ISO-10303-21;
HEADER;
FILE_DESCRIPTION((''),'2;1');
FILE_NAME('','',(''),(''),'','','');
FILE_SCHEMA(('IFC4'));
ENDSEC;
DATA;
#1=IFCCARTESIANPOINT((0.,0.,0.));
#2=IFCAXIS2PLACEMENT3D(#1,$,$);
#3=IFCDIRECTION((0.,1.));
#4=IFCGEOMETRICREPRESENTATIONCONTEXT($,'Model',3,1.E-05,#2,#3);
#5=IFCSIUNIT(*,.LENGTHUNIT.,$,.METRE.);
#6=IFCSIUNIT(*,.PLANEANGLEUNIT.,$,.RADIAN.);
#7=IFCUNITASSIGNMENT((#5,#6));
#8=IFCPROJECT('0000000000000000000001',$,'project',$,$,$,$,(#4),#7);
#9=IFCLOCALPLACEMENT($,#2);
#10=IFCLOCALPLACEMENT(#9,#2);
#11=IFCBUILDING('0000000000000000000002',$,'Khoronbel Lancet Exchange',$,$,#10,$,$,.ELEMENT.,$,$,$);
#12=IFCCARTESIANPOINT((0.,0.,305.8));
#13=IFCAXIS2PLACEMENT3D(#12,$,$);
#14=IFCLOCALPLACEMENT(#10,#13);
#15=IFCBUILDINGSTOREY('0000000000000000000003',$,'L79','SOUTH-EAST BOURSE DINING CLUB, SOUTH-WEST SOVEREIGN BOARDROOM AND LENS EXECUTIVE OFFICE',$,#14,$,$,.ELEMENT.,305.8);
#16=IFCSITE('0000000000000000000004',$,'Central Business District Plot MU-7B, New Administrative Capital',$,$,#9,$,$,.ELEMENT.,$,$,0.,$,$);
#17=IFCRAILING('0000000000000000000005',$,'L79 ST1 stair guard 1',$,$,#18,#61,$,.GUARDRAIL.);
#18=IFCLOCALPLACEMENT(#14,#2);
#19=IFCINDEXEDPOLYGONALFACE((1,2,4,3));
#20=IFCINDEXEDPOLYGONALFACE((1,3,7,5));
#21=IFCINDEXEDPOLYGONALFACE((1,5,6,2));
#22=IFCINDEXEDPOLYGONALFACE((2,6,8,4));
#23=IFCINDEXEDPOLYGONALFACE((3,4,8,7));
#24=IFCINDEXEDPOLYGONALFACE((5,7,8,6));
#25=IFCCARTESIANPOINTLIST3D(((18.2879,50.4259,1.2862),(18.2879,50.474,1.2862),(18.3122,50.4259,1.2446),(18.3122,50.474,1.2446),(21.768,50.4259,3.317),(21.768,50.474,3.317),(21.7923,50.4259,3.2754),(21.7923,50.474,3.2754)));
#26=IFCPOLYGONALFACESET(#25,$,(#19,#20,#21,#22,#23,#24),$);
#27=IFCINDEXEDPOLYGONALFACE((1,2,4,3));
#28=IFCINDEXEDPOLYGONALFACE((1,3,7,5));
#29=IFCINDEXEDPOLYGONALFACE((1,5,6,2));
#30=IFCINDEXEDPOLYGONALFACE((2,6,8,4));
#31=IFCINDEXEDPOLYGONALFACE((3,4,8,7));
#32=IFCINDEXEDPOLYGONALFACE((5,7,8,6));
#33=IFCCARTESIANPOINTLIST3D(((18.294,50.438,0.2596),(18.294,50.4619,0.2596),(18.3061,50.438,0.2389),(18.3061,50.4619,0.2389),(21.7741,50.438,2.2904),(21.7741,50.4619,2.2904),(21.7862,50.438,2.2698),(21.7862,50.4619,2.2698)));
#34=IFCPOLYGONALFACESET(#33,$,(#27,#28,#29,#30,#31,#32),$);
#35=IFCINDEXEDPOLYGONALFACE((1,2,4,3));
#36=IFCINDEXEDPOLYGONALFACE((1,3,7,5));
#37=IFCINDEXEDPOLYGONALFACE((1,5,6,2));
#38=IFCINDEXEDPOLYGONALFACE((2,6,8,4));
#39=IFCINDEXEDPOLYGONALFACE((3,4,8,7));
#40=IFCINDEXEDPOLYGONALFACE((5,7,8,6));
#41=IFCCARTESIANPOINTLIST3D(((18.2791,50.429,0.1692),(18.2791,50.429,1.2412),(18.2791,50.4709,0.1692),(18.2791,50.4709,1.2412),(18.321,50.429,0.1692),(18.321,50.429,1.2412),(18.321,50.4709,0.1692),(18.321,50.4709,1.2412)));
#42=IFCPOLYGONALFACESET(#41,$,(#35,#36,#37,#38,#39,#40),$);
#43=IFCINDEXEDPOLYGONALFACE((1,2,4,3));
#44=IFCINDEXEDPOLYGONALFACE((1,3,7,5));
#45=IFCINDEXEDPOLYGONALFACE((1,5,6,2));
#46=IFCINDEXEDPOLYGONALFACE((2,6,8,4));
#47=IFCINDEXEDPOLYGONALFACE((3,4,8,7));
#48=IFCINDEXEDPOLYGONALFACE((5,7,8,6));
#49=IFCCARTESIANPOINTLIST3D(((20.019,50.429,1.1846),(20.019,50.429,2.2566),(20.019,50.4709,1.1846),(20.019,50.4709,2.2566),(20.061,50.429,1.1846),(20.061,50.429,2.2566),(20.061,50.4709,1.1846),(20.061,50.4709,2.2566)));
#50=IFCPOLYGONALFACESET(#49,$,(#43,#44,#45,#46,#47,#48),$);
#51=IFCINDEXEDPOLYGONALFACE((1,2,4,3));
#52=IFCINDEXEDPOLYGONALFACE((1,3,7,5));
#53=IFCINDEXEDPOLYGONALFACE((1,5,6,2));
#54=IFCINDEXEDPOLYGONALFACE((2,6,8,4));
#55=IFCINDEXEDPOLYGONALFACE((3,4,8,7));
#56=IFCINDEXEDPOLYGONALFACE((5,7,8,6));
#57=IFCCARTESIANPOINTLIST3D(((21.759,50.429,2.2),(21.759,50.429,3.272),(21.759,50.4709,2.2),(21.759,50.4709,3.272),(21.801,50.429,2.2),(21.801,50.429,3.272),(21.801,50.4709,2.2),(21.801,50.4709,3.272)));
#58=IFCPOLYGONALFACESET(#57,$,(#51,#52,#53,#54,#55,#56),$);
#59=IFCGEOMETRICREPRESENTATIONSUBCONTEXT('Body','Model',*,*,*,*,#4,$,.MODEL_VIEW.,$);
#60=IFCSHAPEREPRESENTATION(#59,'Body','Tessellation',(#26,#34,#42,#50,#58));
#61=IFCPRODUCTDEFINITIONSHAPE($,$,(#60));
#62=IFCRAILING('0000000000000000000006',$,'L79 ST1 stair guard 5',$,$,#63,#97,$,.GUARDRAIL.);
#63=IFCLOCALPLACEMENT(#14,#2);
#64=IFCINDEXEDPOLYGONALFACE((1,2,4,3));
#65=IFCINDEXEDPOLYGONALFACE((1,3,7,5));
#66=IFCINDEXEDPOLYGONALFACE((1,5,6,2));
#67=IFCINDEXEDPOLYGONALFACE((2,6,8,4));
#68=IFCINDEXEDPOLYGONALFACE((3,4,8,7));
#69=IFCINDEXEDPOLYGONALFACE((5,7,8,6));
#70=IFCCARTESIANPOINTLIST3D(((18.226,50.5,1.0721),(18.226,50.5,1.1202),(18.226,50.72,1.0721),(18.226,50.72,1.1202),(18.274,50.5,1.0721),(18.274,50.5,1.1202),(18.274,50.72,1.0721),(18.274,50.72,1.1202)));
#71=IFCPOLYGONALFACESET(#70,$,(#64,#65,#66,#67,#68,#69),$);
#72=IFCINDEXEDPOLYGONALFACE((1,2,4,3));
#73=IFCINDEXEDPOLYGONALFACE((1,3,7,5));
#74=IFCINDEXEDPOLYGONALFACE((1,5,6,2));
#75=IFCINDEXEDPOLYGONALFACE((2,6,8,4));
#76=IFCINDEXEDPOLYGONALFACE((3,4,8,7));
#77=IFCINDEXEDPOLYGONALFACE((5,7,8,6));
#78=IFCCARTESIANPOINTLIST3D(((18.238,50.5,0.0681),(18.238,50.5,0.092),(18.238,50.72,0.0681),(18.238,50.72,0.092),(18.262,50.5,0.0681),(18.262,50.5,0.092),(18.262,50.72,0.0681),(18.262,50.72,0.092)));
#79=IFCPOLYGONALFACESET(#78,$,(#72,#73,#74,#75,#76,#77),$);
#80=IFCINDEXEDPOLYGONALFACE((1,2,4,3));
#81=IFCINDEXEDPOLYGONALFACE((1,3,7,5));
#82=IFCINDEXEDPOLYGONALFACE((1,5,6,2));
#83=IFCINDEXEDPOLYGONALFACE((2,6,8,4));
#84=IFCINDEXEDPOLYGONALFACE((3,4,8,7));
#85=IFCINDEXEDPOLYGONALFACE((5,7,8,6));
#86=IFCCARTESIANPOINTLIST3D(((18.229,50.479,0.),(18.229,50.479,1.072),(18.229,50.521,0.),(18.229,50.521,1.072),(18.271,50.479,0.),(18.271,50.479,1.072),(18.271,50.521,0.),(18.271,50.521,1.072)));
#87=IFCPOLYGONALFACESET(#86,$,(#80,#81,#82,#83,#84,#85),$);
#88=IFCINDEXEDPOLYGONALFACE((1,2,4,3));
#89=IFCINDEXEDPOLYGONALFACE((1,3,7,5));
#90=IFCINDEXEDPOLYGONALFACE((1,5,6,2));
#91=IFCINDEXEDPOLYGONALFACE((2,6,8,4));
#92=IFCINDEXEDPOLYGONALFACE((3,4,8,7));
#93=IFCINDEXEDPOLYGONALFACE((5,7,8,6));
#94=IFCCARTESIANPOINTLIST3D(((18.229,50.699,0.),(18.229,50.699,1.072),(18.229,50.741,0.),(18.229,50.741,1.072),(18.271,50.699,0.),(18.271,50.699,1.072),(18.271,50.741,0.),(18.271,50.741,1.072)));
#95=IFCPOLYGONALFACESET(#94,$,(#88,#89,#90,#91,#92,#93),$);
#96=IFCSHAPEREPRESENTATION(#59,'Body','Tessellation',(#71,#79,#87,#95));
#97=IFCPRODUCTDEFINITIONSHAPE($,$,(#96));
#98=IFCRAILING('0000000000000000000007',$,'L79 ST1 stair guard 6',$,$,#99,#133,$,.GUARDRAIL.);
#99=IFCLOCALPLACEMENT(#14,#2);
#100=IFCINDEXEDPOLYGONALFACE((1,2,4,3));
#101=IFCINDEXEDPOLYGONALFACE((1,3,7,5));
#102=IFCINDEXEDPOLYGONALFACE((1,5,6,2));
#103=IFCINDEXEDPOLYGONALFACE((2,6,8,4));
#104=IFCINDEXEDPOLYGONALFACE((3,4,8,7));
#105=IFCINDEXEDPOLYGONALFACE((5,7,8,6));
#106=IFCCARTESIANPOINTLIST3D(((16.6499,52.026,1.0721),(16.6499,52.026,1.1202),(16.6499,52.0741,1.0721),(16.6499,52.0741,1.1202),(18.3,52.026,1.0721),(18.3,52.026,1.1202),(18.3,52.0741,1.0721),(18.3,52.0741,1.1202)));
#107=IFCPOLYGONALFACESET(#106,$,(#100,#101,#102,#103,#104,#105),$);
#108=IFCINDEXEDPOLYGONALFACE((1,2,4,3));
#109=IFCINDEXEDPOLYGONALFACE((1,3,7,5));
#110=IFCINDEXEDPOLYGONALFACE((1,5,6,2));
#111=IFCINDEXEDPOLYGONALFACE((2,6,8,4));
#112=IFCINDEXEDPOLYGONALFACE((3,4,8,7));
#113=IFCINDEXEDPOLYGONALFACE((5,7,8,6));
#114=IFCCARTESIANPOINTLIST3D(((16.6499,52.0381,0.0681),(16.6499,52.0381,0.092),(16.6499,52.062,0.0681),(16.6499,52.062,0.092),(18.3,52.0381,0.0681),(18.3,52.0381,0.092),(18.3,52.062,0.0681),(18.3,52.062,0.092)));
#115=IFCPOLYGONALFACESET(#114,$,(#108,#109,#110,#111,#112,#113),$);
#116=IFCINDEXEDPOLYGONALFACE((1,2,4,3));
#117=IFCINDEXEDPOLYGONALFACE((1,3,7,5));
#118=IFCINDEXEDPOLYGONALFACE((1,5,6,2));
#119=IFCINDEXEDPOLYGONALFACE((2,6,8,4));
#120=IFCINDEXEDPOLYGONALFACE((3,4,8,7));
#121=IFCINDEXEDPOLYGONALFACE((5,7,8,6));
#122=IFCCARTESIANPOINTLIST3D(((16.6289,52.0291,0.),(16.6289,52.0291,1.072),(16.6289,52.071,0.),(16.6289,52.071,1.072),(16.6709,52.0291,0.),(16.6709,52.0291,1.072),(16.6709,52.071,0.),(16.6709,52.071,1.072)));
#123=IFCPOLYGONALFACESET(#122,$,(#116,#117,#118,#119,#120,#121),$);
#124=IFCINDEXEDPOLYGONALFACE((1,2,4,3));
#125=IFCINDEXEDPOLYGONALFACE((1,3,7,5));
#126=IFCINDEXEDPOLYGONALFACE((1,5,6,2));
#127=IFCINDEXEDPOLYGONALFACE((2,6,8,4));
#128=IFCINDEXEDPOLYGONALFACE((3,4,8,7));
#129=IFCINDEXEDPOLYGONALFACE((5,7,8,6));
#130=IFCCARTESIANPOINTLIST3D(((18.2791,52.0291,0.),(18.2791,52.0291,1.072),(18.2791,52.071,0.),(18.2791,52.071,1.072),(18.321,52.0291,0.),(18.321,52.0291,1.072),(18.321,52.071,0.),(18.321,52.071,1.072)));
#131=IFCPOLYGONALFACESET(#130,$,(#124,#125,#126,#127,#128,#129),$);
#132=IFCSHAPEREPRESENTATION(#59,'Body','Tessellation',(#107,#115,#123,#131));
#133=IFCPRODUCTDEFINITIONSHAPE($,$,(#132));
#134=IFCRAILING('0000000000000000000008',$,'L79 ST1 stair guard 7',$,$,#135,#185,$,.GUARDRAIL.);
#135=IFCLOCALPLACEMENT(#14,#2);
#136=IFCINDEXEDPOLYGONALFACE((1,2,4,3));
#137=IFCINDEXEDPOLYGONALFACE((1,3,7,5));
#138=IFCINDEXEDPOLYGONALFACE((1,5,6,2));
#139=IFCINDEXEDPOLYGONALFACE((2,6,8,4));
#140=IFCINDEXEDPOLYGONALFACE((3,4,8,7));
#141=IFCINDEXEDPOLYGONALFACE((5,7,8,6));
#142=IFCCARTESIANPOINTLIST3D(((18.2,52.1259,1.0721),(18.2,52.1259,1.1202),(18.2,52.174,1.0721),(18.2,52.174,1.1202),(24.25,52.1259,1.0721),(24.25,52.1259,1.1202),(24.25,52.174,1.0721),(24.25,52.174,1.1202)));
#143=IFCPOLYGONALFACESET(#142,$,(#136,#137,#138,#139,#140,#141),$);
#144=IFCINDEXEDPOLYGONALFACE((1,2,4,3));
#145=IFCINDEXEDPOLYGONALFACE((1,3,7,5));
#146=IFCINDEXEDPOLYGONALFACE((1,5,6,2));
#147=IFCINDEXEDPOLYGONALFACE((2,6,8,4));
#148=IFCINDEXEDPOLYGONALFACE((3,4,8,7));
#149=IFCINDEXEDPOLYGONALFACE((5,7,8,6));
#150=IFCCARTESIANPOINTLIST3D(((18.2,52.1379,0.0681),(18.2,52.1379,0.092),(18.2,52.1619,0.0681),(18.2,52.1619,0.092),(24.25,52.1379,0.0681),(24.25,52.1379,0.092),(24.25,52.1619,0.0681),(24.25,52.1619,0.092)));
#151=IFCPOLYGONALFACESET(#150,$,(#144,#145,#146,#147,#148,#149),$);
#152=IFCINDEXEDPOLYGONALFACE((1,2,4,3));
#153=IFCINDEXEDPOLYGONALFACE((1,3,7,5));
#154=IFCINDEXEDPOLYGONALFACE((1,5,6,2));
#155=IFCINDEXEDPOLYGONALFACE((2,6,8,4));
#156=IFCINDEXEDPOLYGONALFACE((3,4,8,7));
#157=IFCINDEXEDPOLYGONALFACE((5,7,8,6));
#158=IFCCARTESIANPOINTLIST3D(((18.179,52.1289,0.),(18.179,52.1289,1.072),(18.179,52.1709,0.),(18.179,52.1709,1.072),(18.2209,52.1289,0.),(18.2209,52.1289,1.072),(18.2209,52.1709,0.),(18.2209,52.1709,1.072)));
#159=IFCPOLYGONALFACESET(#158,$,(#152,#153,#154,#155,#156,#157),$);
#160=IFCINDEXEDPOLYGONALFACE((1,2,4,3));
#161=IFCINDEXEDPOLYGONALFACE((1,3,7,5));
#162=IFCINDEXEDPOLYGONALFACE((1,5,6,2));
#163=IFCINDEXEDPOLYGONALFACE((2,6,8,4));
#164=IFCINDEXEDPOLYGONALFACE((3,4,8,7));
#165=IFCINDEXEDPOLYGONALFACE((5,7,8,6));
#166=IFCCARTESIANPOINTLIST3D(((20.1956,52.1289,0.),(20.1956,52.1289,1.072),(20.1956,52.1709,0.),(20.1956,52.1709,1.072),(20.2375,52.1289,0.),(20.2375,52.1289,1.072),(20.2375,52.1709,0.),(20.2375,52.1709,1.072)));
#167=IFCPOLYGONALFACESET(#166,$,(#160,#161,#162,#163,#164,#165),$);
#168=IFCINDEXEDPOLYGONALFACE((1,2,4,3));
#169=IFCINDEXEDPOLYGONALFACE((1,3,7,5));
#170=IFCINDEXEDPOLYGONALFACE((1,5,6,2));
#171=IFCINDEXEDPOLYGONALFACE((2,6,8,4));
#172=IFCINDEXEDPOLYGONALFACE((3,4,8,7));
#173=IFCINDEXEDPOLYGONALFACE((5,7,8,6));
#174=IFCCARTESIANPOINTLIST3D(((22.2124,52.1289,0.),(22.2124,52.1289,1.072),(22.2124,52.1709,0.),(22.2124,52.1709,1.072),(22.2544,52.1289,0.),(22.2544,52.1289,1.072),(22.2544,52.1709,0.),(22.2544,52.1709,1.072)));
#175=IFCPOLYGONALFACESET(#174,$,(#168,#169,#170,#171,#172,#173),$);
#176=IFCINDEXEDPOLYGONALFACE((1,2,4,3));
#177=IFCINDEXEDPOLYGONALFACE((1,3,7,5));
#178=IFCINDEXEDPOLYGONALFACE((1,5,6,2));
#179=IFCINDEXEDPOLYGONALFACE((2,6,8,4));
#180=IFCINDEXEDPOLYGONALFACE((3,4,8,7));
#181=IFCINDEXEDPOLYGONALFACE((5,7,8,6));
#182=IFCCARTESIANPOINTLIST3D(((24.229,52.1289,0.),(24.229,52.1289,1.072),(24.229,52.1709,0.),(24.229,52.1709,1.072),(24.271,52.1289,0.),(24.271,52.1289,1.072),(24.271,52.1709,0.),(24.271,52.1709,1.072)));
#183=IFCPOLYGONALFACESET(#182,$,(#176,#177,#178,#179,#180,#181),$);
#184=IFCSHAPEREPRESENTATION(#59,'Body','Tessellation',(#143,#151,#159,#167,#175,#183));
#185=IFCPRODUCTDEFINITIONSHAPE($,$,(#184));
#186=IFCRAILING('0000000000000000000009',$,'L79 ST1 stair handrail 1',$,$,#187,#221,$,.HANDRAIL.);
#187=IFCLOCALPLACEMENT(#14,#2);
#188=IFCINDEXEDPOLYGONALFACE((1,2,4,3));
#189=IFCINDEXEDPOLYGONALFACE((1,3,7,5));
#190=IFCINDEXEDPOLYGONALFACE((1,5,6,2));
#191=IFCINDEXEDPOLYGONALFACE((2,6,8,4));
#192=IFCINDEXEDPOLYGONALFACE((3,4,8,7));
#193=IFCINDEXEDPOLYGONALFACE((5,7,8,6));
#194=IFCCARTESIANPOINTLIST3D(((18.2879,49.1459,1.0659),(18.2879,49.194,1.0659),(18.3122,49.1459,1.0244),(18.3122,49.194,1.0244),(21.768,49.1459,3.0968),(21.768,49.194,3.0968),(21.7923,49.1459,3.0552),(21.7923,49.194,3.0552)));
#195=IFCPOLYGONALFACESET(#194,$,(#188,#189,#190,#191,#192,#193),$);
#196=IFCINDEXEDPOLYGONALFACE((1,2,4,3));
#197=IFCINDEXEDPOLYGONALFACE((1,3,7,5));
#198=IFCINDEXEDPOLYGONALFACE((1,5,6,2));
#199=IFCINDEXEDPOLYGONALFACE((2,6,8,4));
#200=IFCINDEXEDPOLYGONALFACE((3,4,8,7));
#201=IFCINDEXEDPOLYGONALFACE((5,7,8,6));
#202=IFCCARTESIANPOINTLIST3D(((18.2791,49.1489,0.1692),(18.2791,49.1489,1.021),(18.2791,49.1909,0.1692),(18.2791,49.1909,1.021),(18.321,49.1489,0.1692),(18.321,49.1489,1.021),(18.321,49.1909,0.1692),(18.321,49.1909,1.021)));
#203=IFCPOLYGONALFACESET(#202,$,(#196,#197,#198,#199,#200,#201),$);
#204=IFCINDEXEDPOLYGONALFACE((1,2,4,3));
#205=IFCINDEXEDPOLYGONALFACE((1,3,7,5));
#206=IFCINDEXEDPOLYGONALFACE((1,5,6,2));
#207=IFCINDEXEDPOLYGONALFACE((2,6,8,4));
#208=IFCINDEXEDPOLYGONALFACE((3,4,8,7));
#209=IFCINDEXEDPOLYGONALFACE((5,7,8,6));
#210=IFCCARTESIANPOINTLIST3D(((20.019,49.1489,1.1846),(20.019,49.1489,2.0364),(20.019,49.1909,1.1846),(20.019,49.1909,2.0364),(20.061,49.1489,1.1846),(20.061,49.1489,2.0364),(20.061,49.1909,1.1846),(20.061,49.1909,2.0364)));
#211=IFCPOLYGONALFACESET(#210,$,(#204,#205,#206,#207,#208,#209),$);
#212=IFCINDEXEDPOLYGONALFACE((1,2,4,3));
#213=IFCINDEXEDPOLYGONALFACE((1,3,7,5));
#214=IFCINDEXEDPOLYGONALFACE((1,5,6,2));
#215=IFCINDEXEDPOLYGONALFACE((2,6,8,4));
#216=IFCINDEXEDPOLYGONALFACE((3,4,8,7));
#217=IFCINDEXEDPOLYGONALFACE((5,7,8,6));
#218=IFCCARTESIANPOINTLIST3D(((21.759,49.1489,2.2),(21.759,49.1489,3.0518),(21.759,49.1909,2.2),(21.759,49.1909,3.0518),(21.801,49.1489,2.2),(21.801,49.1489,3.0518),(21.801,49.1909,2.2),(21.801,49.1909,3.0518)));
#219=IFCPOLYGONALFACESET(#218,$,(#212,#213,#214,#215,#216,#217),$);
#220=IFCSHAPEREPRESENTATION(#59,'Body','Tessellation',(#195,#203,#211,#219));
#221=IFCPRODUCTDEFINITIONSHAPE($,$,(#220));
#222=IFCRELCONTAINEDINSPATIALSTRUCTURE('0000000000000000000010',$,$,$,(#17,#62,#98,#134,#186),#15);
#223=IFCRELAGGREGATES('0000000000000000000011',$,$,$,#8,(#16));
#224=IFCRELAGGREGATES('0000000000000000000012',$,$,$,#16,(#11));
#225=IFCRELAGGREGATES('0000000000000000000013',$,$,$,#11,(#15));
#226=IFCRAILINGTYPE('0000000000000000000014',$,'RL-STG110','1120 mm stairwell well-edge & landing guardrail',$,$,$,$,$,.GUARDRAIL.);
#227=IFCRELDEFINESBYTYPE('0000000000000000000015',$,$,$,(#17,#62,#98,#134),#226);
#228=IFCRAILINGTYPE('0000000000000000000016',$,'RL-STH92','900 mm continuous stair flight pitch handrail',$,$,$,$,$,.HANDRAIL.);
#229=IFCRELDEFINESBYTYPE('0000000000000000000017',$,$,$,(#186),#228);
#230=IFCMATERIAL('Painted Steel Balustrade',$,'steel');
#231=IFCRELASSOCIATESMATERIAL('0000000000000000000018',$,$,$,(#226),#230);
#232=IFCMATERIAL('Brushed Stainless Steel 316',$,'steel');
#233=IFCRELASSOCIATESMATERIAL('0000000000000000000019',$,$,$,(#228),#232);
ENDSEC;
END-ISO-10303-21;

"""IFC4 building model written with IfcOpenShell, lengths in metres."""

from ifc_helpers import new_model, si_unit, direction, frame, origin, origin_2d, place, context, subcontext, project, spatial, rectangle, extrude, material, type_object, element, save


model = new_model("IFC4")

# Units and contexts
model_context = context("Model", 3, precision=1e-05, world=origin(), true_north=direction((0.0, 1.0)))
body_context = subcontext(model_context, "Body", "Model", "MODEL_VIEW")
ifc_project = project(units=[si_unit("LENGTHUNIT", "METRE"), si_unit("PLANEANGLEUNIT", "RADIAN")], contexts=[model_context])

# Site, building, storey
site_placement = place(None, origin())
site = spatial("IfcSite", under=ifc_project, at=site_placement, Name="Central Business District Plot MU-7B, New Administrative Capital", CompositionType="ELEMENT", RefElevation=0.0)
building_placement = place(site_placement, origin())
building = spatial("IfcBuilding", under=site, at=building_placement, Name="Khoronbel Lancet Exchange", CompositionType="ELEMENT")
storey_placement = place(building_placement, frame((0.0, 0.0, 305.8)))
storey = spatial("IfcBuildingStorey", under=building, at=storey_placement, Name="L79", Description="SOUTH-EAST BOURSE DINING CLUB, SOUTH-WEST SOVEREIGN BOARDROOM AND LENS EXECUTIVE OFFICE", CompositionType="ELEMENT", Elevation=305.8)

# Railings
ifc_material_1 = material(Name="Painted Steel Balustrade", Category="steel")
railing_type_1 = type_object("IfcRailingType", Name="RL-STG110", Description="1120 mm stairwell well-edge & landing guardrail", PredefinedType="GUARDRAIL", material=ifc_material_1)
railing_1_placement = place(storey_placement, frame((18.3, 50.45, 0.1692)))
element("IfcRailing", 1, at=railing_1_placement, inside=storey, type_object=railing_type_1, Name="L79 ST1 stair guard 1", PredefinedType="GUARDRAIL", context=body_context, shape_type="SweptSolid", body=[
    extrude(rectangle(XDim=0.0481, YDim=0.0481, at=origin_2d()), frame((0.0, 0.0, 1.0962), z_axis=(0.863695, 0.0, 0.504014), x_axis=(0.0, 1.0, 0.0)), (0.0, 0.0, 1.0), 4.0293),
    extrude(rectangle(XDim=0.0239, YDim=0.0239, at=origin_2d()), frame((0.0, 0.0, 0.0801), z_axis=(0.863695, 0.0, 0.504014), x_axis=(0.0, 1.0, 0.0)), (0.0, 0.0, 1.0), 4.0293),
    extrude(rectangle(XDim=0.042, YDim=0.042, at=origin_2d()), origin(), (0.0, 0.0, 1.0), 1.072),
    extrude(rectangle(XDim=0.042, YDim=0.042, at=origin_2d()), frame((1.74, 0.0, 1.0154)), (0.0, 0.0, 1.0), 1.072),
    extrude(rectangle(XDim=0.042, YDim=0.042, at=origin_2d()), frame((3.48, 0.0, 2.0308)), (0.0, 0.0, 1.0), 1.072),
])
railing_2_placement = place(storey_placement, frame((18.25, 50.5, 0.0)))
element("IfcRailing", 2, at=railing_2_placement, inside=storey, type_object=railing_type_1, Name="L79 ST1 stair guard 5", PredefinedType="GUARDRAIL", context=body_context, shape_type="SweptSolid", body=[
    extrude(rectangle(XDim=0.0481, YDim=0.0481, at=origin_2d()), frame((0.0, 0.0, 1.0962), z_axis=(0.0, 1.0, 0.0), x_axis=(-1.0, 0.0, 0.0)), (0.0, 0.0, 1.0), 0.22),
    extrude(rectangle(XDim=0.0239, YDim=0.0239, at=origin_2d()), frame((0.0, 0.0, 0.0801), z_axis=(0.0, 1.0, 0.0), x_axis=(-1.0, 0.0, 0.0)), (0.0, 0.0, 1.0), 0.22),
    extrude(rectangle(XDim=0.042, YDim=0.042, at=origin_2d()), origin(), (0.0, 0.0, 1.0), 1.072),
    extrude(rectangle(XDim=0.042, YDim=0.042, at=origin_2d()), frame((0.0, 0.22, 0.0)), (0.0, 0.0, 1.0), 1.072),
])
railing_3_placement = place(storey_placement, frame((16.6499, 52.05, 0.0)))
element("IfcRailing", 3, at=railing_3_placement, inside=storey, type_object=railing_type_1, Name="L79 ST1 stair guard 6", PredefinedType="GUARDRAIL", context=body_context, shape_type="SweptSolid", body=[
    extrude(rectangle(XDim=0.0481, YDim=0.0481, at=origin_2d()), frame((0.0, 0.0, 1.0962), z_axis=(1.0, 0.0, 0.0), x_axis=(0.0, 1.0, 0.0)), (0.0, 0.0, 1.0), 1.6501),
    extrude(rectangle(XDim=0.0239, YDim=0.0239, at=origin_2d()), frame((0.0, 0.0, 0.0801), z_axis=(1.0, 0.0, 0.0), x_axis=(0.0, 1.0, 0.0)), (0.0, 0.0, 1.0), 1.6501),
    extrude(rectangle(XDim=0.042, YDim=0.042, at=origin_2d()), origin(), (0.0, 0.0, 1.0), 1.072),
    extrude(rectangle(XDim=0.042, YDim=0.042, at=origin_2d()), frame((1.6501, 0.0, 0.0)), (0.0, 0.0, 1.0), 1.072),
])
railing_4_placement = place(storey_placement, frame((18.2, 52.1499, 0.0)))
element("IfcRailing", 4, at=railing_4_placement, inside=storey, type_object=railing_type_1, Name="L79 ST1 stair guard 7", PredefinedType="GUARDRAIL", context=body_context, shape_type="SweptSolid", body=[
    extrude(rectangle(XDim=0.0481, YDim=0.0481, at=origin_2d()), frame((0.0, 0.0, 1.0962), z_axis=(1.0, 0.0, 0.0), x_axis=(0.0, 1.0, 0.0)), (0.0, 0.0, 1.0), 6.05),
    extrude(rectangle(XDim=0.0239, YDim=0.0239, at=origin_2d()), frame((0.0, 0.0, 0.0801), z_axis=(1.0, 0.0, 0.0), x_axis=(0.0, 1.0, 0.0)), (0.0, 0.0, 1.0), 6.05),
    extrude(rectangle(XDim=0.042, YDim=0.042, at=origin_2d()), origin(), (0.0, 0.0, 1.0), 1.072),
    extrude(rectangle(XDim=0.042, YDim=0.042, at=origin_2d()), frame((2.0166, 0.0, 0.0)), (0.0, 0.0, 1.0), 1.072),
    extrude(rectangle(XDim=0.042, YDim=0.042, at=origin_2d()), frame((4.0334, 0.0, 0.0)), (0.0, 0.0, 1.0), 1.072),
    extrude(rectangle(XDim=0.042, YDim=0.042, at=origin_2d()), frame((6.05, 0.0, 0.0)), (0.0, 0.0, 1.0), 1.072),
])
ifc_material_2 = material(Name="Brushed Stainless Steel 316", Category="steel")
railing_type_2 = type_object("IfcRailingType", Name="RL-STH92", Description="900 mm continuous stair flight pitch handrail", PredefinedType="HANDRAIL", material=ifc_material_2)
railing_5_placement = place(storey_placement, frame((18.3, 49.1699, 0.1692)))
element("IfcRailing", 5, at=railing_5_placement, inside=storey, type_object=railing_type_2, Name="L79 ST1 stair handrail 1", PredefinedType="HANDRAIL", context=body_context, shape_type="SweptSolid", body=[
    extrude(rectangle(XDim=0.0481, YDim=0.0481, at=origin_2d()), frame((0.0, 0.0, 0.876), z_axis=(0.863695, 0.0, 0.504014), x_axis=(0.0, 1.0, 0.0)), (0.0, 0.0, 1.0), 4.0293),
    extrude(rectangle(XDim=0.042, YDim=0.042, at=origin_2d()), origin(), (0.0, 0.0, 1.0), 0.8518),
    extrude(rectangle(XDim=0.042, YDim=0.042, at=origin_2d()), frame((1.74, 0.0, 1.0154)), (0.0, 0.0, 1.0), 0.8518),
    extrude(rectangle(XDim=0.042, YDim=0.042, at=origin_2d()), frame((3.48, 0.0, 2.0308)), (0.0, 0.0, 1.0), 0.8518),
])

save(model, "model.ifc")
